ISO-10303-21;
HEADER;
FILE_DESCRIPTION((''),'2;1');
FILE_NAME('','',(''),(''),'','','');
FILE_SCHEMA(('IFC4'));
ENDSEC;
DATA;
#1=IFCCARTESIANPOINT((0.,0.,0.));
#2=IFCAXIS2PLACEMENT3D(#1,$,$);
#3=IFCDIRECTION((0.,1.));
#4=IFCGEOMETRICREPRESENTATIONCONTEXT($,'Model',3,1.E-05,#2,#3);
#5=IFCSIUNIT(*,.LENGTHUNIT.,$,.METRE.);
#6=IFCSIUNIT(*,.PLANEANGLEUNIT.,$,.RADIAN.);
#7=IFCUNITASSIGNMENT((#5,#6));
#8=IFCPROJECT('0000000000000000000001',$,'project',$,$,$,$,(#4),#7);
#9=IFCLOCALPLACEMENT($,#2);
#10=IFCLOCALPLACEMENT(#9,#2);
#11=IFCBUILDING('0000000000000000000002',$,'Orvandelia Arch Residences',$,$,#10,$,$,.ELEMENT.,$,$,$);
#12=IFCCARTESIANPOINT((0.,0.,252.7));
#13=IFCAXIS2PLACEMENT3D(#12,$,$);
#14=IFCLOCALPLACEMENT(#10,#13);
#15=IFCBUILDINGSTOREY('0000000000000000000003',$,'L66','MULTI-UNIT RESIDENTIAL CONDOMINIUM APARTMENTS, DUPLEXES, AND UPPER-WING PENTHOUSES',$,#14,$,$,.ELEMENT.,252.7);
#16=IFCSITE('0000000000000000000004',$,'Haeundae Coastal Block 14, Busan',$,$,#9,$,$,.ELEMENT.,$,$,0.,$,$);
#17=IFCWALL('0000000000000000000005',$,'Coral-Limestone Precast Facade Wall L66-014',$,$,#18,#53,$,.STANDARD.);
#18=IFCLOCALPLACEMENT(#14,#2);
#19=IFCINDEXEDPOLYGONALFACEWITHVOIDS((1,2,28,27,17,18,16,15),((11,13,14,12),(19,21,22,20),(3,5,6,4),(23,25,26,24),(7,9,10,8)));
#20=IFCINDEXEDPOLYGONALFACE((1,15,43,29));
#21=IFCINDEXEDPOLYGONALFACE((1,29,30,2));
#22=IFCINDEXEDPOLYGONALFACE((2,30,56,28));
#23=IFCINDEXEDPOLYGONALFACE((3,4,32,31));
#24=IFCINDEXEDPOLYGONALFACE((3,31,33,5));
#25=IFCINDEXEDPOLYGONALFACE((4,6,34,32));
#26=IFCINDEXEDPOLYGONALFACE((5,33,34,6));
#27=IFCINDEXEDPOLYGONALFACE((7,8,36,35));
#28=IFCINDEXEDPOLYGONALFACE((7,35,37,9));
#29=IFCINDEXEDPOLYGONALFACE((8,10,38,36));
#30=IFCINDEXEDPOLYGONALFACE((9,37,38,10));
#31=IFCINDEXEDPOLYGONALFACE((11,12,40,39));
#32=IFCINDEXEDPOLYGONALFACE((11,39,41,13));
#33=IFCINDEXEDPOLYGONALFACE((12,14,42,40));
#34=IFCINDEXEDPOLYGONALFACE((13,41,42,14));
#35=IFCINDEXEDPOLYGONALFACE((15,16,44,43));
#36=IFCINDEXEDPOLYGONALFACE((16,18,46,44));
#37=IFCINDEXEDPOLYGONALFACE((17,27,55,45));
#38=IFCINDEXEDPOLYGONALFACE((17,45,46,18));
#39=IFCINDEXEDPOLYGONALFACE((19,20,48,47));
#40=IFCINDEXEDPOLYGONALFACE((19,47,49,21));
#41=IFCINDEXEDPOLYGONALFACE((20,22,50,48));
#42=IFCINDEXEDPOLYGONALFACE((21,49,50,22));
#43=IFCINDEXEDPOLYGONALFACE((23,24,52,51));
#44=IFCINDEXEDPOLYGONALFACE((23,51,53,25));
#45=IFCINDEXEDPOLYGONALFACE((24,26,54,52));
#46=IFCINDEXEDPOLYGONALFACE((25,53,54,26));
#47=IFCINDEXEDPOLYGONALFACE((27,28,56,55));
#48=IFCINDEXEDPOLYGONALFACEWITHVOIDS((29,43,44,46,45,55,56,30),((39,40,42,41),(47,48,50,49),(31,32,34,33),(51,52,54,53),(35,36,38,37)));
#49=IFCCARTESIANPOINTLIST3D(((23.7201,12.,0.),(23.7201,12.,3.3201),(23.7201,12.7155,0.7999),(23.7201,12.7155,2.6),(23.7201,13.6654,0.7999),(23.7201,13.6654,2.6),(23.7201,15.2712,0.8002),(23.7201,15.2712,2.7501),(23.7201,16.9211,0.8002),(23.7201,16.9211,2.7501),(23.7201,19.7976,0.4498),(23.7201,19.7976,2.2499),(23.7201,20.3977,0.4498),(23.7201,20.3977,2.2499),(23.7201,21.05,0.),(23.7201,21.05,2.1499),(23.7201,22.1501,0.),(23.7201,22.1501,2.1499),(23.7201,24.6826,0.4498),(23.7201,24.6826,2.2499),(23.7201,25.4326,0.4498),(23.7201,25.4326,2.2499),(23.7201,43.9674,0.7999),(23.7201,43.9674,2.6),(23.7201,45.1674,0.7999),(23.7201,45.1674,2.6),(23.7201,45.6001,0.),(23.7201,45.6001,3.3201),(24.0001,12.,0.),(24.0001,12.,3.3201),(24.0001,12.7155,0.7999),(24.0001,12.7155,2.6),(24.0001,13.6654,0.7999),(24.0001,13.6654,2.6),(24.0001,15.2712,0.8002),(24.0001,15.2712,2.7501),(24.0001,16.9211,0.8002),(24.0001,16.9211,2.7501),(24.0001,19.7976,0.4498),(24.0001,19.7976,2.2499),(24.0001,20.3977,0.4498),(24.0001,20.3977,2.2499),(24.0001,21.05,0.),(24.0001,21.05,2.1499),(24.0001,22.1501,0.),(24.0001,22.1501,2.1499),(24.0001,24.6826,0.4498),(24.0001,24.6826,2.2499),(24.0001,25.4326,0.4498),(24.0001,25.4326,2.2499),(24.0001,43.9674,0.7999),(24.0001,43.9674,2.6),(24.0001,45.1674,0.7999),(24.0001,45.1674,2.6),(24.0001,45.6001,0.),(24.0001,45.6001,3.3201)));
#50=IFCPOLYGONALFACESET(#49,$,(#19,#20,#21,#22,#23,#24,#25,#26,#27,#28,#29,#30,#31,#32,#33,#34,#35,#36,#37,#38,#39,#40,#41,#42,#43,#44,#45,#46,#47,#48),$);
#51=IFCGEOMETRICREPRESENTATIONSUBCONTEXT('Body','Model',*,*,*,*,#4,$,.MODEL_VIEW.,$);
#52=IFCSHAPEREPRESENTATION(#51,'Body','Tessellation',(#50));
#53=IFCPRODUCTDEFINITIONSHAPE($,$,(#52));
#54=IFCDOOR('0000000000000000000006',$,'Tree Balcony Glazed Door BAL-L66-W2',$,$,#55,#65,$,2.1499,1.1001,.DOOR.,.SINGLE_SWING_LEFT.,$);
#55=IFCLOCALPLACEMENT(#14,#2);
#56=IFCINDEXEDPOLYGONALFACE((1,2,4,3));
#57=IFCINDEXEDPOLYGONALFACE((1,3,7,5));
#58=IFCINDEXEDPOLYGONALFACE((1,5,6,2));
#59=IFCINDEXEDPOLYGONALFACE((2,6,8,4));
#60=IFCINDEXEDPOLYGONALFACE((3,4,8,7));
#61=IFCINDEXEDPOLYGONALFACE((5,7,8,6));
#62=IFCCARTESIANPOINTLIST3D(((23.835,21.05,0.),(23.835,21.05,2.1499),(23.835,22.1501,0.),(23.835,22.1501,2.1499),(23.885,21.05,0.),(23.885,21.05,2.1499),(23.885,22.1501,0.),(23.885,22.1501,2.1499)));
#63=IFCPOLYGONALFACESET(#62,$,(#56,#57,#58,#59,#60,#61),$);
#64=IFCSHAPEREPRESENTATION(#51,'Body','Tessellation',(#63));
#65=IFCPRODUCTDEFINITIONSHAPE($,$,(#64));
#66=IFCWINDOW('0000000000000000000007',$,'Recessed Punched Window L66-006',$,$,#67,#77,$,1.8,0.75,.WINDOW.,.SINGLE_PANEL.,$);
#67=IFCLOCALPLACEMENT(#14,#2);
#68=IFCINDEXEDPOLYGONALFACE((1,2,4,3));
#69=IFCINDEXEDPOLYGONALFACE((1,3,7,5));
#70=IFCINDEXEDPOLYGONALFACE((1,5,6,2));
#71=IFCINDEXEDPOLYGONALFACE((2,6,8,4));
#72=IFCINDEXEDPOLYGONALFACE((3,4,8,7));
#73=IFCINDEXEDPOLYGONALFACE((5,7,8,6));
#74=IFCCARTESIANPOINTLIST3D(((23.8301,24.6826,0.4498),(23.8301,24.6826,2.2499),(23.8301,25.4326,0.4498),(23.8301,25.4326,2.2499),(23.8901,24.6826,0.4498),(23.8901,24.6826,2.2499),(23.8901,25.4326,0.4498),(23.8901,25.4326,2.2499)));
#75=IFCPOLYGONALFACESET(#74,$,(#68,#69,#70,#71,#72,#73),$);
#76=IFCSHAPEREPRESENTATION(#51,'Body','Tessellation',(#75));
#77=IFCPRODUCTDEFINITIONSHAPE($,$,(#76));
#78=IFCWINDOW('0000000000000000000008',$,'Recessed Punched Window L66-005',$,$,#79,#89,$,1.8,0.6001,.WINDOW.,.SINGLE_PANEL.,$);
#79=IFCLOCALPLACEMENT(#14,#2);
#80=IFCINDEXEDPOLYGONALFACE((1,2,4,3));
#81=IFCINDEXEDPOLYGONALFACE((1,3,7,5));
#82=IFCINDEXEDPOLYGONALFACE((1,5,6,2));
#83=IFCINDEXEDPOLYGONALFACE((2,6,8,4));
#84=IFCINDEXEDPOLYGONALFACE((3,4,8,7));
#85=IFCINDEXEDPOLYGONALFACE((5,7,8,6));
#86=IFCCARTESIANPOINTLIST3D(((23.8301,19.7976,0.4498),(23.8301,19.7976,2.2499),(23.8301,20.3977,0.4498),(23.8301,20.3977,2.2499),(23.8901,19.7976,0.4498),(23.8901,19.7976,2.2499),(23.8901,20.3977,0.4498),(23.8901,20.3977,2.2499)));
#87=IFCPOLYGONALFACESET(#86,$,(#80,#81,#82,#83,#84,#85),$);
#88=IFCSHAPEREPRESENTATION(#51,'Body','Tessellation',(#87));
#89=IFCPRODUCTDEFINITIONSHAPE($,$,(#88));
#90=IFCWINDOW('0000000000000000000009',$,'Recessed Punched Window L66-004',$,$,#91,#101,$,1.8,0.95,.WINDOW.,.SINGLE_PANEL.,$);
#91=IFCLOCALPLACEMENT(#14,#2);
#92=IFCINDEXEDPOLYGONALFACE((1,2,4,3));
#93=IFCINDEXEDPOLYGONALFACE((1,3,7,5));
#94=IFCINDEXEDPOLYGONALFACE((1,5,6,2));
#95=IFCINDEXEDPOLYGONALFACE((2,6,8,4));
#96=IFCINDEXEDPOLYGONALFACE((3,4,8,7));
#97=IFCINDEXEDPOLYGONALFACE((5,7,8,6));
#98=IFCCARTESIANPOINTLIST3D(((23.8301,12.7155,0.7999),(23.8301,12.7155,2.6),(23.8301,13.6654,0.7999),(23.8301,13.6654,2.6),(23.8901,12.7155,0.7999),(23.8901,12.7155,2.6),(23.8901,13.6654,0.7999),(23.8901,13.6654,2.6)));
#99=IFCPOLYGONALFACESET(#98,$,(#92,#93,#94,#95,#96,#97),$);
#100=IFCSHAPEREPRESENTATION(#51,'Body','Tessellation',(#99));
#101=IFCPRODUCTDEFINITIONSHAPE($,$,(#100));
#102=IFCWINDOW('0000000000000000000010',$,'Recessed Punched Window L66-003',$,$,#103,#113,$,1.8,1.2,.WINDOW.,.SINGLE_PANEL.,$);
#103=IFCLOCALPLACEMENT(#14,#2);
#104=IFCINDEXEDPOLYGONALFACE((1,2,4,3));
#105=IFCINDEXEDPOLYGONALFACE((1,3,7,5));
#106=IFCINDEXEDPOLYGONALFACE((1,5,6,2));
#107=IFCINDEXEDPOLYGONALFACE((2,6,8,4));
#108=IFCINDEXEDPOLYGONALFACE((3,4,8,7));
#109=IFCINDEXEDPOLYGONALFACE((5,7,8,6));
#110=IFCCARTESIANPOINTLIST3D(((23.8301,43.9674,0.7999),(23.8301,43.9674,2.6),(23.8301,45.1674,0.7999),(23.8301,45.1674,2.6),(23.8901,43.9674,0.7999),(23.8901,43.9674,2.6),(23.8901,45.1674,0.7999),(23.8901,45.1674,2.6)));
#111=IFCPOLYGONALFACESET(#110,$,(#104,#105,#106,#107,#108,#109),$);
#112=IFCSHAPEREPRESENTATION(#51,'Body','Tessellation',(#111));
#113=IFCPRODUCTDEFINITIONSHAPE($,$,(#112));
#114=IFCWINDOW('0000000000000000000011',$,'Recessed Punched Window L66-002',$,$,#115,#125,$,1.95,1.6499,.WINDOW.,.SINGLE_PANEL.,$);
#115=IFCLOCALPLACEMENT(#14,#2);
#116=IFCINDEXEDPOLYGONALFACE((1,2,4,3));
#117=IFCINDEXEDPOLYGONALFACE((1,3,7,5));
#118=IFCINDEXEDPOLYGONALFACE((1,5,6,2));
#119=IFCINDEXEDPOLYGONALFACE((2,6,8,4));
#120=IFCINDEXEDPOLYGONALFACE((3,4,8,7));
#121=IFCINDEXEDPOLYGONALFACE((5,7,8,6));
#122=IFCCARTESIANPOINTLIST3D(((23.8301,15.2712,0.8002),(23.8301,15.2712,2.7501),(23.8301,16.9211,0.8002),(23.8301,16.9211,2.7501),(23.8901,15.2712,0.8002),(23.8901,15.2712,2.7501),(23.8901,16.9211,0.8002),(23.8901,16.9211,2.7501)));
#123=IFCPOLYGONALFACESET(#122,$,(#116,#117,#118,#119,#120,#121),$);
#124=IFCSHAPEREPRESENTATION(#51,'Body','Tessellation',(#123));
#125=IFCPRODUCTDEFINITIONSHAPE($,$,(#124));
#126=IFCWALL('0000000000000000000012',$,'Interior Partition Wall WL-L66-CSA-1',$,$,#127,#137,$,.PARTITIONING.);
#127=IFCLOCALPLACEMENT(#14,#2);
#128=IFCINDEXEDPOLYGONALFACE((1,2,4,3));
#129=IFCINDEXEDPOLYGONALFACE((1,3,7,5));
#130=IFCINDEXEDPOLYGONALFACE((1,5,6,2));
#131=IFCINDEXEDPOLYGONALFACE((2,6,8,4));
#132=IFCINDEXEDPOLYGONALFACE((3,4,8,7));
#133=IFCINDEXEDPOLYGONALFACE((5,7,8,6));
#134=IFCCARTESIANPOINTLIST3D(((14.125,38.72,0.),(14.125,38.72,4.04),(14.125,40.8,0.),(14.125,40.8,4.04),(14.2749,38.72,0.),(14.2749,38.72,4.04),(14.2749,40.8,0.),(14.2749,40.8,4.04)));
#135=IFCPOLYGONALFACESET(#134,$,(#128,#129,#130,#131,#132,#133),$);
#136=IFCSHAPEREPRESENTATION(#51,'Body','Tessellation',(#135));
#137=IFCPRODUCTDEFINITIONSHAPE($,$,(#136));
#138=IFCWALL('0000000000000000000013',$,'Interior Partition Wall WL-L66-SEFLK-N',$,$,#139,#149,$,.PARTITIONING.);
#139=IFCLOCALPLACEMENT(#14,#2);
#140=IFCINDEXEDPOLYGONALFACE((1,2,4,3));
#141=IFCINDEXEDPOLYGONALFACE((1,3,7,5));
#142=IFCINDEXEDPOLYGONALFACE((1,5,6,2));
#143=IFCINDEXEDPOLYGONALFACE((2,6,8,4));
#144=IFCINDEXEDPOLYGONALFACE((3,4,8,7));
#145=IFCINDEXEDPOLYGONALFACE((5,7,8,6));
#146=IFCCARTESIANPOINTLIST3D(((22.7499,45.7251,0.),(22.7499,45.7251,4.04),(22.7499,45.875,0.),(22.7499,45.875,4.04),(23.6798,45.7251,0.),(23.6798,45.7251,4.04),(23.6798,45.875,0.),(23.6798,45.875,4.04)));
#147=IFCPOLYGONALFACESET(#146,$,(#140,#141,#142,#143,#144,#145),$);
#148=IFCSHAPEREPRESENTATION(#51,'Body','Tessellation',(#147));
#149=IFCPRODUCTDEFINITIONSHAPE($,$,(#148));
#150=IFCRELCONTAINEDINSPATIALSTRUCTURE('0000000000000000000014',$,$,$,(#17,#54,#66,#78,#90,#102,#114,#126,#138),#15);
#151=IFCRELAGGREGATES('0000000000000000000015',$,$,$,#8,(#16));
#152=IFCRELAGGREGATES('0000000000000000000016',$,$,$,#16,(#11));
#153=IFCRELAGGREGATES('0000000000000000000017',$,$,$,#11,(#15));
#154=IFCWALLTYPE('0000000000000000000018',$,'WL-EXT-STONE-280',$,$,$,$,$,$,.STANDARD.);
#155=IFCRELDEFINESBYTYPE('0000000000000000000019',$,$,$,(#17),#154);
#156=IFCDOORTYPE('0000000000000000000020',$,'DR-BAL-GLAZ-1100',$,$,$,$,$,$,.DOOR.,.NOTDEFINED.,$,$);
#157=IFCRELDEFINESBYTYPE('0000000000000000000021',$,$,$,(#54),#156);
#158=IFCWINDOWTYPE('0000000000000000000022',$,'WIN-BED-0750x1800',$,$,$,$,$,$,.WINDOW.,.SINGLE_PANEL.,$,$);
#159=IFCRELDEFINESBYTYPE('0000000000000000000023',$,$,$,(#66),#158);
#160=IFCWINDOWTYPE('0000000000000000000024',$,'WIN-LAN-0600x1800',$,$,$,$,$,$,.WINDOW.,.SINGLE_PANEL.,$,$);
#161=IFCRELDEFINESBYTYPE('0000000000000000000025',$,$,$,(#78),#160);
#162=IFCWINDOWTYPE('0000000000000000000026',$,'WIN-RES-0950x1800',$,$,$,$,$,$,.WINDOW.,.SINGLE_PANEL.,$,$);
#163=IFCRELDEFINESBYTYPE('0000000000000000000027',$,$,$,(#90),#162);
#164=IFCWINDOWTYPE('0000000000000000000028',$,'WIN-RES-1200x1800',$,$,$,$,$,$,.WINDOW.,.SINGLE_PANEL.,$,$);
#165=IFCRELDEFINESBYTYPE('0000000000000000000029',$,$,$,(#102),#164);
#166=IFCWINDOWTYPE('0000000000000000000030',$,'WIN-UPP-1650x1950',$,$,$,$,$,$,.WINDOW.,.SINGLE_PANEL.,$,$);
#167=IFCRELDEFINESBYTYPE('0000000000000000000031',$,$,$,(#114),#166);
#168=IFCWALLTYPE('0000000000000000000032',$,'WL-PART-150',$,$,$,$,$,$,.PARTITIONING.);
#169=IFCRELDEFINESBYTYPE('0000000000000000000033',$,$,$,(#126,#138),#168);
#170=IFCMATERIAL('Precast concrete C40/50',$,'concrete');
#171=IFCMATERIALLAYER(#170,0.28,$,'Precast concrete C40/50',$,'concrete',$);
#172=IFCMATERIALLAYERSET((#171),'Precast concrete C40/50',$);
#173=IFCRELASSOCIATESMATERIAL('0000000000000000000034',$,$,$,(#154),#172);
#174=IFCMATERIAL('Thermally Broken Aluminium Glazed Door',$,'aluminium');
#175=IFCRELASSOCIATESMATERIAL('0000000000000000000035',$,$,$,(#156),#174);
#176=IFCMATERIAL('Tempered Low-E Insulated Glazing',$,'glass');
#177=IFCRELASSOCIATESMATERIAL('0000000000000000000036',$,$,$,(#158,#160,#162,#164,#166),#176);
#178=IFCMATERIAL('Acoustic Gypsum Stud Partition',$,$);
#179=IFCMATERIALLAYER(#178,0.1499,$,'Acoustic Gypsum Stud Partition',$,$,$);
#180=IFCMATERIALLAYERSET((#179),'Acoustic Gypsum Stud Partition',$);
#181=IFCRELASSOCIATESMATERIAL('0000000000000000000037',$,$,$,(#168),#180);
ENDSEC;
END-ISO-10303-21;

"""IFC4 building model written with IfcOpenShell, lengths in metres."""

from ifc_helpers import new_model, si_unit, direction, frame, frame_2d, origin, place, context, subcontext, project, spatial, rectangle, extrude, material, layer, layer_set, type_object, element, fill, save


model = new_model("IFC4")

# Units and contexts
model_context = context("Model", 3, precision=1e-05, world=origin(), true_north=direction((0.0, 1.0)))
body_context = subcontext(model_context, "Body", "Model", "MODEL_VIEW")
ifc_project = project(units=[si_unit("LENGTHUNIT", "METRE"), si_unit("PLANEANGLEUNIT", "RADIAN")], contexts=[model_context])

# Site, building, storey
site_placement = place(None, origin())
site = spatial("IfcSite", under=ifc_project, at=site_placement, Name="Haeundae Coastal Block 14, Busan", CompositionType="ELEMENT", RefElevation=0.0)
building_placement = place(site_placement, origin())
building = spatial("IfcBuilding", under=site, at=building_placement, Name="Orvandelia Arch Residences", CompositionType="ELEMENT")
storey_placement = place(building_placement, frame((0.0, 0.0, 252.7)))
storey = spatial("IfcBuildingStorey", under=building, at=storey_placement, Name="L66", Description="MULTI-UNIT RESIDENTIAL CONDOMINIUM APARTMENTS, DUPLEXES, AND UPPER-WING PENTHOUSES", CompositionType="ELEMENT", Elevation=252.7)

# Shared definitions
ifc_material_1 = material(Name="Precast concrete C40/50", Category="concrete")
ifc_layer_1 = layer(ifc_material_1, 0.28, Name="Precast concrete C40/50", Category="concrete")
ifc_layer_set_1 = layer_set([ifc_layer_1], Name="Precast concrete C40/50")
wall_type_1 = type_object("IfcWallType", Name="WL-EXT-STONE-280", PredefinedType="STANDARD", material=ifc_layer_set_1)

# Wall, openings, door, windows
wall_1_placement = place(storey_placement, frame((23.8601, 45.6001, 0.0), z_axis=(0.0, 0.0, 1.0), x_axis=(0.0, -1.0, 0.0)))
wall_1 = element("IfcWall", 1, at=wall_1_placement, inside=storey, type_object=wall_type_1, Name="Coral-Limestone Precast Facade Wall L66-014", PredefinedType="STANDARD", context=body_context, shape_type="SweptSolid", body=[
    extrude(rectangle(XDim=33.6001, YDim=0.28, at=frame_2d((16.8, 0.0))), origin(), (0.0, 0.0, 1.0), 3.3201),
])
opening_1_placement = place(wall_1_placement, frame((23.45, 0.0, 0.0)))
opening_1 = element("IfcOpeningElement", 2, at=opening_1_placement, cuts=wall_1, PredefinedType="OPENING", context=body_context, shape_type="SweptSolid", body=[
    extrude(rectangle(XDim=1.1001, YDim=2.1499, at=frame_2d((0.55, 1.075))), frame((0.0, 0.1499, 0.0), z_axis=(0.0, -1.0, 0.0), x_axis=(1.0, 0.0, 0.0)), (0.0, 0.0, 1.0), 0.3),
])
opening_2_placement = place(wall_1_placement, frame((28.679, 0.0, 0.8)))
opening_2 = element("IfcOpeningElement", 3, at=opening_2_placement, cuts=wall_1, PredefinedType="OPENING", context=body_context, shape_type="SweptSolid", body=[
    extrude(rectangle(XDim=1.6499, YDim=1.95, at=frame_2d((0.825, 0.9751))), frame((0.0, 0.1499, 0.0), z_axis=(0.0, -1.0, 0.0), x_axis=(1.0, 0.0, 0.0)), (0.0, 0.0, 1.0), 0.3),
])
opening_3_placement = place(wall_1_placement, frame((0.4326, 0.0, 0.8)))
opening_3 = element("IfcOpeningElement", 4, at=opening_3_placement, cuts=wall_1, PredefinedType="OPENING", context=body_context, shape_type="SweptSolid", body=[
    extrude(rectangle(XDim=1.2, YDim=1.8, at=frame_2d((0.6001, 0.8999))), frame((0.0, 0.1499, 0.0), z_axis=(0.0, -1.0, 0.0), x_axis=(1.0, 0.0, 0.0)), (0.0, 0.0, 1.0), 0.3),
])
opening_4_placement = place(wall_1_placement, frame((31.9346, 0.0, 0.8)))
opening_4 = element("IfcOpeningElement", 5, at=opening_4_placement, cuts=wall_1, PredefinedType="OPENING", context=body_context, shape_type="SweptSolid", body=[
    extrude(rectangle(XDim=0.95, YDim=1.8, at=frame_2d((0.4751, 0.8999))), frame((0.0, 0.1499, 0.0), z_axis=(0.0, -1.0, 0.0), x_axis=(1.0, 0.0, 0.0)), (0.0, 0.0, 1.0), 0.3),
])
opening_5_placement = place(wall_1_placement, frame((25.2024, 0.0, 0.45)))
opening_5 = element("IfcOpeningElement", 6, at=opening_5_placement, cuts=wall_1, PredefinedType="OPENING", context=body_context, shape_type="SweptSolid", body=[
    extrude(rectangle(XDim=0.6001, YDim=1.8, at=frame_2d((0.3, 0.8999))), frame((0.0, 0.1499, 0.0), z_axis=(0.0, -1.0, 0.0), x_axis=(1.0, 0.0, 0.0)), (0.0, 0.0, 1.0), 0.3),
])
opening_6_placement = place(wall_1_placement, frame((20.1675, 0.0, 0.45)))
opening_6 = element("IfcOpeningElement", 7, at=opening_6_placement, cuts=wall_1, PredefinedType="OPENING", context=body_context, shape_type="SweptSolid", body=[
    extrude(rectangle(XDim=0.75, YDim=1.8, at=frame_2d((0.375, 0.8999))), frame((0.0, 0.1499, 0.0), z_axis=(0.0, -1.0, 0.0), x_axis=(1.0, 0.0, 0.0)), (0.0, 0.0, 1.0), 0.3),
])
ifc_material_2 = material(Name="Thermally Broken Aluminium Glazed Door", Category="aluminium")
door_type_1 = type_object("IfcDoorType", Name="DR-BAL-GLAZ-1100", OperationType="NOTDEFINED", PredefinedType="DOOR", material=ifc_material_2)
door_1_placement = place(opening_1_placement, origin())
door_1 = element("IfcDoor", 8, at=door_1_placement, inside=storey, type_object=door_type_1, Name="Tree Balcony Glazed Door BAL-L66-W2", OperationType="SINGLE_SWING_LEFT", OverallHeight=2.1499, OverallWidth=1.1001, PredefinedType="DOOR", context=body_context, shape_type="SweptSolid", body=[
    extrude(rectangle(XDim=1.1001, YDim=2.1499, at=frame_2d((0.55, 1.075))), frame((0.0, 0.0249, 0.0), z_axis=(0.0, -1.0, 0.0), x_axis=(1.0, 0.0, 0.0)), (0.0, 0.0, 1.0), 0.05),
])
fill(opening_1, door_1)
ifc_material_3 = material(Name="Tempered Low-E Insulated Glazing", Category="glass")
window_type_1 = type_object("IfcWindowType", Name="WIN-BED-0750x1800", PartitioningType="SINGLE_PANEL", PredefinedType="WINDOW", material=ifc_material_3)
window_1_placement = place(opening_6_placement, origin())
window_1 = element("IfcWindow", 9, at=window_1_placement, inside=storey, type_object=window_type_1, Name="Recessed Punched Window L66-006", OverallHeight=1.8, OverallWidth=0.75, PartitioningType="SINGLE_PANEL", PredefinedType="WINDOW", context=body_context, shape_type="SweptSolid", body=[
    extrude(rectangle(XDim=0.75, YDim=1.8, at=frame_2d((0.375, 0.8999))), frame((0.0, 0.03, 0.0), z_axis=(0.0, -1.0, 0.0), x_axis=(1.0, 0.0, 0.0)), (0.0, 0.0, 1.0), 0.0601),
])
fill(opening_6, window_1)
window_type_2 = type_object("IfcWindowType", Name="WIN-LAN-0600x1800", PartitioningType="SINGLE_PANEL", PredefinedType="WINDOW", material=ifc_material_3)
window_2_placement = place(opening_5_placement, origin())
window_2 = element("IfcWindow", 10, at=window_2_placement, inside=storey, type_object=window_type_2, Name="Recessed Punched Window L66-005", OverallHeight=1.8, OverallWidth=0.6001, PartitioningType="SINGLE_PANEL", PredefinedType="WINDOW", context=body_context, shape_type="SweptSolid", body=[
    extrude(rectangle(XDim=0.6001, YDim=1.8, at=frame_2d((0.3, 0.8999))), frame((0.0, 0.03, 0.0), z_axis=(0.0, -1.0, 0.0), x_axis=(1.0, 0.0, 0.0)), (0.0, 0.0, 1.0), 0.0601),
])
fill(opening_5, window_2)
window_type_3 = type_object("IfcWindowType", Name="WIN-RES-0950x1800", PartitioningType="SINGLE_PANEL", PredefinedType="WINDOW", material=ifc_material_3)
window_3_placement = place(opening_4_placement, origin())
window_3 = element("IfcWindow", 11, at=window_3_placement, inside=storey, type_object=window_type_3, Name="Recessed Punched Window L66-004", OverallHeight=1.8, OverallWidth=0.95, PartitioningType="SINGLE_PANEL", PredefinedType="WINDOW", context=body_context, shape_type="SweptSolid", body=[
    extrude(rectangle(XDim=0.95, YDim=1.8, at=frame_2d((0.4751, 0.8999))), frame((0.0, 0.03, 0.0), z_axis=(0.0, -1.0, 0.0), x_axis=(1.0, 0.0, 0.0)), (0.0, 0.0, 1.0), 0.0601),
])
fill(opening_4, window_3)
window_type_4 = type_object("IfcWindowType", Name="WIN-RES-1200x1800", PartitioningType="SINGLE_PANEL", PredefinedType="WINDOW", material=ifc_material_3)
window_4_placement = place(opening_3_placement, origin())
window_4 = element("IfcWindow", 12, at=window_4_placement, inside=storey, type_object=window_type_4, Name="Recessed Punched Window L66-003", OverallHeight=1.8, OverallWidth=1.2, PartitioningType="SINGLE_PANEL", PredefinedType="WINDOW", context=body_context, shape_type="SweptSolid", body=[
    extrude(rectangle(XDim=1.2, YDim=1.8, at=frame_2d((0.6001, 0.8999))), frame((0.0, 0.03, 0.0), z_axis=(0.0, -1.0, 0.0), x_axis=(1.0, 0.0, 0.0)), (0.0, 0.0, 1.0), 0.0601),
])
fill(opening_3, window_4)
window_type_5 = type_object("IfcWindowType", Name="WIN-UPP-1650x1950", PartitioningType="SINGLE_PANEL", PredefinedType="WINDOW", material=ifc_material_3)
window_5_placement = place(opening_2_placement, origin())
window_5 = element("IfcWindow", 13, at=window_5_placement, inside=storey, type_object=window_type_5, Name="Recessed Punched Window L66-002", OverallHeight=1.95, OverallWidth=1.6499, PartitioningType="SINGLE_PANEL", PredefinedType="WINDOW", context=body_context, shape_type="SweptSolid", body=[
    extrude(rectangle(XDim=1.6499, YDim=1.95, at=frame_2d((0.825, 0.9751))), frame((0.0, 0.03, 0.0), z_axis=(0.0, -1.0, 0.0), x_axis=(1.0, 0.0, 0.0)), (0.0, 0.0, 1.0), 0.0601),
])
fill(opening_2, window_5)

# Walls
ifc_material_4 = material(Name="Acoustic Gypsum Stud Partition")
ifc_layer_2 = layer(ifc_material_4, 0.1499, Name="Acoustic Gypsum Stud Partition")
ifc_layer_set_2 = layer_set([ifc_layer_2], Name="Acoustic Gypsum Stud Partition")
wall_type_2 = type_object("IfcWallType", Name="WL-PART-150", PredefinedType="PARTITIONING", material=ifc_layer_set_2)
wall_2_placement = place(storey_placement, frame((14.2, 38.72, 0.0), z_axis=(0.0, 0.0, 1.0), x_axis=(0.0, 1.0, 0.0)))
element("IfcWall", 14, at=wall_2_placement, inside=storey, type_object=wall_type_2, Name="Interior Partition Wall WL-L66-CSA-1", PredefinedType="PARTITIONING", context=body_context, shape_type="SweptSolid", body=[
    extrude(rectangle(XDim=2.0801, YDim=0.1499, at=frame_2d((1.04, 0.0))), origin(), (0.0, 0.0, 1.0), 4.04),
])
wall_3_placement = place(storey_placement, frame((22.75, 45.8, 0.0), z_axis=(0.0, 0.0, 1.0), x_axis=(1.0, 0.0, 0.0)))
element("IfcWall", 15, at=wall_3_placement, inside=storey, type_object=wall_type_2, Name="Interior Partition Wall WL-L66-SEFLK-N", PredefinedType="PARTITIONING", context=body_context, shape_type="SweptSolid", body=[
    extrude(rectangle(XDim=0.9299, YDim=0.1499, at=frame_2d((0.4648, 0.0))), origin(), (0.0, 0.0, 1.0), 4.04),
])

save(model, "model.ifc")
